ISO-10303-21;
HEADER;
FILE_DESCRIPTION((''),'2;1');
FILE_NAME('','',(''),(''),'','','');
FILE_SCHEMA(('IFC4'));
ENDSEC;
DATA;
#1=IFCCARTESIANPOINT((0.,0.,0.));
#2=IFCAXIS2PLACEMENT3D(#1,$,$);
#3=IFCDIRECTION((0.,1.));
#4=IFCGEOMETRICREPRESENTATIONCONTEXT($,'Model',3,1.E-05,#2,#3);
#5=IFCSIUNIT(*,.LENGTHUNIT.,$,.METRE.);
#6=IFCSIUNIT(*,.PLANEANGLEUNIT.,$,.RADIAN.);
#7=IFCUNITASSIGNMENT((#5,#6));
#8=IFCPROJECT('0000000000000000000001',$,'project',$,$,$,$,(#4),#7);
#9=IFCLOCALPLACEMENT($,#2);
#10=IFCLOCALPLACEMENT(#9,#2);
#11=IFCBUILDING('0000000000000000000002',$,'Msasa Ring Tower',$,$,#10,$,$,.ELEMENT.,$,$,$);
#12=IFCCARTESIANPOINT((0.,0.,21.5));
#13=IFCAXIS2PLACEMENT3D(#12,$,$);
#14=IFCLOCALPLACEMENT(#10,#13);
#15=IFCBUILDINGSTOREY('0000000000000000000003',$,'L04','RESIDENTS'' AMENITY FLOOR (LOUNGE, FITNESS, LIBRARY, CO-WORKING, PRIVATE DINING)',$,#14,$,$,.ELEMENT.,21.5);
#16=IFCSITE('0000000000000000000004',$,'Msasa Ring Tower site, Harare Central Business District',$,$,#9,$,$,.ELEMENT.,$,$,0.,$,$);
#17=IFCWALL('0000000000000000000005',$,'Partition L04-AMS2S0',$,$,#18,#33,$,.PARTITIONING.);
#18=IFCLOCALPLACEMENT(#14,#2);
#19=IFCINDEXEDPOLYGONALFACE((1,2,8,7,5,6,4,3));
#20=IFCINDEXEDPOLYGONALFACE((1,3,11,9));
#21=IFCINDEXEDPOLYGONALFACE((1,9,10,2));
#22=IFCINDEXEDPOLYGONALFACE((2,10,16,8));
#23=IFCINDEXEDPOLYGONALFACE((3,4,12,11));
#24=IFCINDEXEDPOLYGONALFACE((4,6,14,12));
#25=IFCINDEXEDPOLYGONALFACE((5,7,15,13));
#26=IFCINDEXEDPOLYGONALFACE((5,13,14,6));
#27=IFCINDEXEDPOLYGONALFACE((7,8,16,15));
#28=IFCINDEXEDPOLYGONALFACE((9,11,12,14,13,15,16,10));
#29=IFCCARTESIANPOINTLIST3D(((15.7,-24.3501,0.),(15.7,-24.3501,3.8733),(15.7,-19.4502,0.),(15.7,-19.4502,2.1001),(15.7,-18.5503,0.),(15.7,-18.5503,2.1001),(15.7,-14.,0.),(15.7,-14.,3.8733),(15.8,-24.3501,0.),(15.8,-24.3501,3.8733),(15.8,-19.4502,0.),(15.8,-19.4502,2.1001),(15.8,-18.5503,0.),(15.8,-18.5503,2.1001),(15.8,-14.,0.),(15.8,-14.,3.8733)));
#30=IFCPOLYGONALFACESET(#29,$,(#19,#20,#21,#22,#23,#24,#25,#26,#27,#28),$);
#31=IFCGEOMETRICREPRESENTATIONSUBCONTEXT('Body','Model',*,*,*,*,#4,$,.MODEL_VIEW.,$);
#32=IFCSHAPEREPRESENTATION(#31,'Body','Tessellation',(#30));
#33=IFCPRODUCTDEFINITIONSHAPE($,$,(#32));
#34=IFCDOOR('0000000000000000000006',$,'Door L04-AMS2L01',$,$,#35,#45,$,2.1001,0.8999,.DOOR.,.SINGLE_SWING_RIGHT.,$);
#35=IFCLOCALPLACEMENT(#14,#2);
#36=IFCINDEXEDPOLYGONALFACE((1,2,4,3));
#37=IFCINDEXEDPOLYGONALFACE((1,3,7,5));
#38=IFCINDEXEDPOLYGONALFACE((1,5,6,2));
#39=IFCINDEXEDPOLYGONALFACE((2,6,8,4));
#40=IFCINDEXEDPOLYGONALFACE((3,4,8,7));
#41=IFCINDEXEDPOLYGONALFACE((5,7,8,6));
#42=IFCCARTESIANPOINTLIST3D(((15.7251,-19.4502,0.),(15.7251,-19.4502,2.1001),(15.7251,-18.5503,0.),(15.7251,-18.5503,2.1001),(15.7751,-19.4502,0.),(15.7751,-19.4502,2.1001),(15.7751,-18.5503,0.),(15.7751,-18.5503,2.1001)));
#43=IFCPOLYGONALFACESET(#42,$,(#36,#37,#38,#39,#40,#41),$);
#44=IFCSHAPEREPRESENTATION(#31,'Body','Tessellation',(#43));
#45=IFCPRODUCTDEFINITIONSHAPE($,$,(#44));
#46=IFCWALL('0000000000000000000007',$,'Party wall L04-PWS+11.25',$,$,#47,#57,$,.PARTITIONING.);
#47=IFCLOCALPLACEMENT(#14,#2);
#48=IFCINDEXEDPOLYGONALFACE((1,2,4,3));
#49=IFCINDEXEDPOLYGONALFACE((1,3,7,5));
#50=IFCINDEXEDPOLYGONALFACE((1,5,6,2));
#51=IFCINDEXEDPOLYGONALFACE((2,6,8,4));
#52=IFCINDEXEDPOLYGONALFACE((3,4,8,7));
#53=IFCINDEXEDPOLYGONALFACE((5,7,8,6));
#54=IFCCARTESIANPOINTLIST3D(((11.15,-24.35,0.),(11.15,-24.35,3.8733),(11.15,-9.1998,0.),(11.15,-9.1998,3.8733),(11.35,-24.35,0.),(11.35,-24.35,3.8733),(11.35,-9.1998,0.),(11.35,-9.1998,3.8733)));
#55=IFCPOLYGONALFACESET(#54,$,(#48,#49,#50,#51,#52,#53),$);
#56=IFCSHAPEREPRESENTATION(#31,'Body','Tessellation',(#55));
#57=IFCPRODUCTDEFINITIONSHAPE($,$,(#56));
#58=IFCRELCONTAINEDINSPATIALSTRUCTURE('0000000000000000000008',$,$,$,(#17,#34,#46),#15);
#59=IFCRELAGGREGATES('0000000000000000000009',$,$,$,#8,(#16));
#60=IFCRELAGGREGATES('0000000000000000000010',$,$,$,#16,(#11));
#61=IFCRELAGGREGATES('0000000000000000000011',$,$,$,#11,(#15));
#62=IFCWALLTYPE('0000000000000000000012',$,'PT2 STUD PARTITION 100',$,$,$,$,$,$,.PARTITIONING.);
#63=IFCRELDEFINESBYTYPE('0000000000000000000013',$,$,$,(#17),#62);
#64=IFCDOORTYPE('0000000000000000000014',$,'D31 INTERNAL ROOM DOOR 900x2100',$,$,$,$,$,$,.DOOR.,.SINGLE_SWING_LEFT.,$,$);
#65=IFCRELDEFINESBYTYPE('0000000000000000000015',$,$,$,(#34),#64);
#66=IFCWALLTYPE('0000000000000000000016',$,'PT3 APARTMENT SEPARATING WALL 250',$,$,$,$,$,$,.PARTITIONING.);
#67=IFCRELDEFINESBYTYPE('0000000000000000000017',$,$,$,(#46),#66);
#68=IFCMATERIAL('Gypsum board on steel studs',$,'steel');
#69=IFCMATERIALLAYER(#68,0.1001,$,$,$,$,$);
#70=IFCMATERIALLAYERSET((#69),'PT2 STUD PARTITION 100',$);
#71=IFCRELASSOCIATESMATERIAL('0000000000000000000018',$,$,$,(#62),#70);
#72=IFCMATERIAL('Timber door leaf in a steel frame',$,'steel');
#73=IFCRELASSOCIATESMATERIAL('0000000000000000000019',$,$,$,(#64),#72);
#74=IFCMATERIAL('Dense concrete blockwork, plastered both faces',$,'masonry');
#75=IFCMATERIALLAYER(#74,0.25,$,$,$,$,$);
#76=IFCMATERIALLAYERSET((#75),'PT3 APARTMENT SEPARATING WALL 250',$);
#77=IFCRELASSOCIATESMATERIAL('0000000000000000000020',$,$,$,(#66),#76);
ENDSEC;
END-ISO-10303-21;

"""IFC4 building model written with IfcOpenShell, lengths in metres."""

from ifc_helpers import new_model, si_unit, direction, frame, frame_2d, origin, place, context, subcontext, project, spatial, rectangle, extrude, material, layer, layer_set, type_object, element, fill, save


model = new_model("IFC4")

# Units and contexts
model_context = context("Model", 3, precision=1e-05, world=origin(), true_north=direction((0.0, 1.0)))
body_context = subcontext(model_context, "Body", "Model", "MODEL_VIEW")
ifc_project = project(units=[si_unit("LENGTHUNIT", "METRE"), si_unit("PLANEANGLEUNIT", "RADIAN")], contexts=[model_context])

# Site, building, storey
site_placement = place(None, origin())
site = spatial("IfcSite", under=ifc_project, at=site_placement, Name="Msasa Ring Tower site, Harare Central Business District", CompositionType="ELEMENT", RefElevation=0.0)
building_placement = place(site_placement, origin())
building = spatial("IfcBuilding", under=site, at=building_placement, Name="Msasa Ring Tower", CompositionType="ELEMENT")
storey_placement = place(building_placement, frame((0.0, 0.0, 21.5)))
storey = spatial("IfcBuildingStorey", under=building, at=storey_placement, Name="L04", Description="RESIDENTS' AMENITY FLOOR (LOUNGE, FITNESS, LIBRARY, CO-WORKING, PRIVATE DINING)", CompositionType="ELEMENT", Elevation=21.5)

# Shared definitions
ifc_material_1 = material(Name="Gypsum board on steel studs", Category="steel")
ifc_layer_1 = layer(ifc_material_1, 0.1001)
ifc_layer_set_1 = layer_set([ifc_layer_1], Name="PT2 STUD PARTITION 100")
wall_type_1 = type_object("IfcWallType", Name="PT2 STUD PARTITION 100", PredefinedType="PARTITIONING", material=ifc_layer_set_1)

# Shared definitions
ifc_material_2 = material(Name="Timber door leaf in a steel frame", Category="steel")
door_type_1 = type_object("IfcDoorType", Name="D31 INTERNAL ROOM DOOR 900x2100", OperationType="SINGLE_SWING_LEFT", PredefinedType="DOOR", material=ifc_material_2)

# Wall, opening, door
wall_1_placement = place(storey_placement, frame((15.75, -24.3501, 0.0), z_axis=(0.0, 0.0, 1.0), x_axis=(0.0, 1.0, 0.0)))
wall_1 = element("IfcWall", 1, at=wall_1_placement, inside=storey, type_object=wall_type_1, Name="Partition L04-AMS2S0", PredefinedType="PARTITIONING", context=body_context, shape_type="SweptSolid", body=[
    extrude(rectangle(XDim=10.3501, YDim=0.1001, at=frame_2d((5.175, 0.0))), origin(), (0.0, 0.0, 1.0), 3.8733),
])
opening_1_placement = place(wall_1_placement, frame((4.8999, 0.0, 0.0)))
opening_1 = element("IfcOpeningElement", 2, at=opening_1_placement, cuts=wall_1, PredefinedType="OPENING", context=body_context, shape_type="SweptSolid", body=[
    extrude(rectangle(XDim=0.8999, YDim=2.1001, at=frame_2d((0.45, 1.05))), frame((0.0, 0.0601, 0.0), z_axis=(0.0, -1.0, 0.0), x_axis=(1.0, 0.0, 0.0)), (0.0, 0.0, 1.0), 0.1201),
])
door_1_placement = place(opening_1_placement, origin())
door_1 = element("IfcDoor", 3, at=door_1_placement, inside=storey, type_object=door_type_1, Name="Door L04-AMS2L01", OperationType="SINGLE_SWING_RIGHT", OverallHeight=2.1001, OverallWidth=0.8999, PredefinedType="DOOR", context=body_context, shape_type="SweptSolid", body=[
    extrude(rectangle(XDim=0.8999, YDim=2.1001, at=frame_2d((0.45, 1.05))), frame((0.0, 0.0249, 0.0), z_axis=(0.0, -1.0, 0.0), x_axis=(1.0, 0.0, 0.0)), (0.0, 0.0, 1.0), 0.05),
])
fill(opening_1, door_1)

# Wall
ifc_material_3 = material(Name="Dense concrete blockwork, plastered both faces", Category="masonry")
ifc_layer_2 = layer(ifc_material_3, 0.25)
ifc_layer_set_2 = layer_set([ifc_layer_2], Name="PT3 APARTMENT SEPARATING WALL 250")
wall_type_2 = type_object("IfcWallType", Name="PT3 APARTMENT SEPARATING WALL 250", PredefinedType="PARTITIONING", material=ifc_layer_set_2)
wall_2_placement = place(storey_placement, frame((11.25, -24.3501, 0.0), z_axis=(0.0, 0.0, 1.0), x_axis=(0.0, 1.0, 0.0)))
element("IfcWall", 4, at=wall_2_placement, inside=storey, type_object=wall_type_2, Name="Party wall L04-PWS+11.25", PredefinedType="PARTITIONING", context=body_context, shape_type="SweptSolid", body=[
    extrude(rectangle(XDim=15.1501, YDim=0.2, at=frame_2d((7.5752, 0.0))), origin(), (0.0, 0.0, 1.0), 3.8733),
])

save(model, "model.ifc")
